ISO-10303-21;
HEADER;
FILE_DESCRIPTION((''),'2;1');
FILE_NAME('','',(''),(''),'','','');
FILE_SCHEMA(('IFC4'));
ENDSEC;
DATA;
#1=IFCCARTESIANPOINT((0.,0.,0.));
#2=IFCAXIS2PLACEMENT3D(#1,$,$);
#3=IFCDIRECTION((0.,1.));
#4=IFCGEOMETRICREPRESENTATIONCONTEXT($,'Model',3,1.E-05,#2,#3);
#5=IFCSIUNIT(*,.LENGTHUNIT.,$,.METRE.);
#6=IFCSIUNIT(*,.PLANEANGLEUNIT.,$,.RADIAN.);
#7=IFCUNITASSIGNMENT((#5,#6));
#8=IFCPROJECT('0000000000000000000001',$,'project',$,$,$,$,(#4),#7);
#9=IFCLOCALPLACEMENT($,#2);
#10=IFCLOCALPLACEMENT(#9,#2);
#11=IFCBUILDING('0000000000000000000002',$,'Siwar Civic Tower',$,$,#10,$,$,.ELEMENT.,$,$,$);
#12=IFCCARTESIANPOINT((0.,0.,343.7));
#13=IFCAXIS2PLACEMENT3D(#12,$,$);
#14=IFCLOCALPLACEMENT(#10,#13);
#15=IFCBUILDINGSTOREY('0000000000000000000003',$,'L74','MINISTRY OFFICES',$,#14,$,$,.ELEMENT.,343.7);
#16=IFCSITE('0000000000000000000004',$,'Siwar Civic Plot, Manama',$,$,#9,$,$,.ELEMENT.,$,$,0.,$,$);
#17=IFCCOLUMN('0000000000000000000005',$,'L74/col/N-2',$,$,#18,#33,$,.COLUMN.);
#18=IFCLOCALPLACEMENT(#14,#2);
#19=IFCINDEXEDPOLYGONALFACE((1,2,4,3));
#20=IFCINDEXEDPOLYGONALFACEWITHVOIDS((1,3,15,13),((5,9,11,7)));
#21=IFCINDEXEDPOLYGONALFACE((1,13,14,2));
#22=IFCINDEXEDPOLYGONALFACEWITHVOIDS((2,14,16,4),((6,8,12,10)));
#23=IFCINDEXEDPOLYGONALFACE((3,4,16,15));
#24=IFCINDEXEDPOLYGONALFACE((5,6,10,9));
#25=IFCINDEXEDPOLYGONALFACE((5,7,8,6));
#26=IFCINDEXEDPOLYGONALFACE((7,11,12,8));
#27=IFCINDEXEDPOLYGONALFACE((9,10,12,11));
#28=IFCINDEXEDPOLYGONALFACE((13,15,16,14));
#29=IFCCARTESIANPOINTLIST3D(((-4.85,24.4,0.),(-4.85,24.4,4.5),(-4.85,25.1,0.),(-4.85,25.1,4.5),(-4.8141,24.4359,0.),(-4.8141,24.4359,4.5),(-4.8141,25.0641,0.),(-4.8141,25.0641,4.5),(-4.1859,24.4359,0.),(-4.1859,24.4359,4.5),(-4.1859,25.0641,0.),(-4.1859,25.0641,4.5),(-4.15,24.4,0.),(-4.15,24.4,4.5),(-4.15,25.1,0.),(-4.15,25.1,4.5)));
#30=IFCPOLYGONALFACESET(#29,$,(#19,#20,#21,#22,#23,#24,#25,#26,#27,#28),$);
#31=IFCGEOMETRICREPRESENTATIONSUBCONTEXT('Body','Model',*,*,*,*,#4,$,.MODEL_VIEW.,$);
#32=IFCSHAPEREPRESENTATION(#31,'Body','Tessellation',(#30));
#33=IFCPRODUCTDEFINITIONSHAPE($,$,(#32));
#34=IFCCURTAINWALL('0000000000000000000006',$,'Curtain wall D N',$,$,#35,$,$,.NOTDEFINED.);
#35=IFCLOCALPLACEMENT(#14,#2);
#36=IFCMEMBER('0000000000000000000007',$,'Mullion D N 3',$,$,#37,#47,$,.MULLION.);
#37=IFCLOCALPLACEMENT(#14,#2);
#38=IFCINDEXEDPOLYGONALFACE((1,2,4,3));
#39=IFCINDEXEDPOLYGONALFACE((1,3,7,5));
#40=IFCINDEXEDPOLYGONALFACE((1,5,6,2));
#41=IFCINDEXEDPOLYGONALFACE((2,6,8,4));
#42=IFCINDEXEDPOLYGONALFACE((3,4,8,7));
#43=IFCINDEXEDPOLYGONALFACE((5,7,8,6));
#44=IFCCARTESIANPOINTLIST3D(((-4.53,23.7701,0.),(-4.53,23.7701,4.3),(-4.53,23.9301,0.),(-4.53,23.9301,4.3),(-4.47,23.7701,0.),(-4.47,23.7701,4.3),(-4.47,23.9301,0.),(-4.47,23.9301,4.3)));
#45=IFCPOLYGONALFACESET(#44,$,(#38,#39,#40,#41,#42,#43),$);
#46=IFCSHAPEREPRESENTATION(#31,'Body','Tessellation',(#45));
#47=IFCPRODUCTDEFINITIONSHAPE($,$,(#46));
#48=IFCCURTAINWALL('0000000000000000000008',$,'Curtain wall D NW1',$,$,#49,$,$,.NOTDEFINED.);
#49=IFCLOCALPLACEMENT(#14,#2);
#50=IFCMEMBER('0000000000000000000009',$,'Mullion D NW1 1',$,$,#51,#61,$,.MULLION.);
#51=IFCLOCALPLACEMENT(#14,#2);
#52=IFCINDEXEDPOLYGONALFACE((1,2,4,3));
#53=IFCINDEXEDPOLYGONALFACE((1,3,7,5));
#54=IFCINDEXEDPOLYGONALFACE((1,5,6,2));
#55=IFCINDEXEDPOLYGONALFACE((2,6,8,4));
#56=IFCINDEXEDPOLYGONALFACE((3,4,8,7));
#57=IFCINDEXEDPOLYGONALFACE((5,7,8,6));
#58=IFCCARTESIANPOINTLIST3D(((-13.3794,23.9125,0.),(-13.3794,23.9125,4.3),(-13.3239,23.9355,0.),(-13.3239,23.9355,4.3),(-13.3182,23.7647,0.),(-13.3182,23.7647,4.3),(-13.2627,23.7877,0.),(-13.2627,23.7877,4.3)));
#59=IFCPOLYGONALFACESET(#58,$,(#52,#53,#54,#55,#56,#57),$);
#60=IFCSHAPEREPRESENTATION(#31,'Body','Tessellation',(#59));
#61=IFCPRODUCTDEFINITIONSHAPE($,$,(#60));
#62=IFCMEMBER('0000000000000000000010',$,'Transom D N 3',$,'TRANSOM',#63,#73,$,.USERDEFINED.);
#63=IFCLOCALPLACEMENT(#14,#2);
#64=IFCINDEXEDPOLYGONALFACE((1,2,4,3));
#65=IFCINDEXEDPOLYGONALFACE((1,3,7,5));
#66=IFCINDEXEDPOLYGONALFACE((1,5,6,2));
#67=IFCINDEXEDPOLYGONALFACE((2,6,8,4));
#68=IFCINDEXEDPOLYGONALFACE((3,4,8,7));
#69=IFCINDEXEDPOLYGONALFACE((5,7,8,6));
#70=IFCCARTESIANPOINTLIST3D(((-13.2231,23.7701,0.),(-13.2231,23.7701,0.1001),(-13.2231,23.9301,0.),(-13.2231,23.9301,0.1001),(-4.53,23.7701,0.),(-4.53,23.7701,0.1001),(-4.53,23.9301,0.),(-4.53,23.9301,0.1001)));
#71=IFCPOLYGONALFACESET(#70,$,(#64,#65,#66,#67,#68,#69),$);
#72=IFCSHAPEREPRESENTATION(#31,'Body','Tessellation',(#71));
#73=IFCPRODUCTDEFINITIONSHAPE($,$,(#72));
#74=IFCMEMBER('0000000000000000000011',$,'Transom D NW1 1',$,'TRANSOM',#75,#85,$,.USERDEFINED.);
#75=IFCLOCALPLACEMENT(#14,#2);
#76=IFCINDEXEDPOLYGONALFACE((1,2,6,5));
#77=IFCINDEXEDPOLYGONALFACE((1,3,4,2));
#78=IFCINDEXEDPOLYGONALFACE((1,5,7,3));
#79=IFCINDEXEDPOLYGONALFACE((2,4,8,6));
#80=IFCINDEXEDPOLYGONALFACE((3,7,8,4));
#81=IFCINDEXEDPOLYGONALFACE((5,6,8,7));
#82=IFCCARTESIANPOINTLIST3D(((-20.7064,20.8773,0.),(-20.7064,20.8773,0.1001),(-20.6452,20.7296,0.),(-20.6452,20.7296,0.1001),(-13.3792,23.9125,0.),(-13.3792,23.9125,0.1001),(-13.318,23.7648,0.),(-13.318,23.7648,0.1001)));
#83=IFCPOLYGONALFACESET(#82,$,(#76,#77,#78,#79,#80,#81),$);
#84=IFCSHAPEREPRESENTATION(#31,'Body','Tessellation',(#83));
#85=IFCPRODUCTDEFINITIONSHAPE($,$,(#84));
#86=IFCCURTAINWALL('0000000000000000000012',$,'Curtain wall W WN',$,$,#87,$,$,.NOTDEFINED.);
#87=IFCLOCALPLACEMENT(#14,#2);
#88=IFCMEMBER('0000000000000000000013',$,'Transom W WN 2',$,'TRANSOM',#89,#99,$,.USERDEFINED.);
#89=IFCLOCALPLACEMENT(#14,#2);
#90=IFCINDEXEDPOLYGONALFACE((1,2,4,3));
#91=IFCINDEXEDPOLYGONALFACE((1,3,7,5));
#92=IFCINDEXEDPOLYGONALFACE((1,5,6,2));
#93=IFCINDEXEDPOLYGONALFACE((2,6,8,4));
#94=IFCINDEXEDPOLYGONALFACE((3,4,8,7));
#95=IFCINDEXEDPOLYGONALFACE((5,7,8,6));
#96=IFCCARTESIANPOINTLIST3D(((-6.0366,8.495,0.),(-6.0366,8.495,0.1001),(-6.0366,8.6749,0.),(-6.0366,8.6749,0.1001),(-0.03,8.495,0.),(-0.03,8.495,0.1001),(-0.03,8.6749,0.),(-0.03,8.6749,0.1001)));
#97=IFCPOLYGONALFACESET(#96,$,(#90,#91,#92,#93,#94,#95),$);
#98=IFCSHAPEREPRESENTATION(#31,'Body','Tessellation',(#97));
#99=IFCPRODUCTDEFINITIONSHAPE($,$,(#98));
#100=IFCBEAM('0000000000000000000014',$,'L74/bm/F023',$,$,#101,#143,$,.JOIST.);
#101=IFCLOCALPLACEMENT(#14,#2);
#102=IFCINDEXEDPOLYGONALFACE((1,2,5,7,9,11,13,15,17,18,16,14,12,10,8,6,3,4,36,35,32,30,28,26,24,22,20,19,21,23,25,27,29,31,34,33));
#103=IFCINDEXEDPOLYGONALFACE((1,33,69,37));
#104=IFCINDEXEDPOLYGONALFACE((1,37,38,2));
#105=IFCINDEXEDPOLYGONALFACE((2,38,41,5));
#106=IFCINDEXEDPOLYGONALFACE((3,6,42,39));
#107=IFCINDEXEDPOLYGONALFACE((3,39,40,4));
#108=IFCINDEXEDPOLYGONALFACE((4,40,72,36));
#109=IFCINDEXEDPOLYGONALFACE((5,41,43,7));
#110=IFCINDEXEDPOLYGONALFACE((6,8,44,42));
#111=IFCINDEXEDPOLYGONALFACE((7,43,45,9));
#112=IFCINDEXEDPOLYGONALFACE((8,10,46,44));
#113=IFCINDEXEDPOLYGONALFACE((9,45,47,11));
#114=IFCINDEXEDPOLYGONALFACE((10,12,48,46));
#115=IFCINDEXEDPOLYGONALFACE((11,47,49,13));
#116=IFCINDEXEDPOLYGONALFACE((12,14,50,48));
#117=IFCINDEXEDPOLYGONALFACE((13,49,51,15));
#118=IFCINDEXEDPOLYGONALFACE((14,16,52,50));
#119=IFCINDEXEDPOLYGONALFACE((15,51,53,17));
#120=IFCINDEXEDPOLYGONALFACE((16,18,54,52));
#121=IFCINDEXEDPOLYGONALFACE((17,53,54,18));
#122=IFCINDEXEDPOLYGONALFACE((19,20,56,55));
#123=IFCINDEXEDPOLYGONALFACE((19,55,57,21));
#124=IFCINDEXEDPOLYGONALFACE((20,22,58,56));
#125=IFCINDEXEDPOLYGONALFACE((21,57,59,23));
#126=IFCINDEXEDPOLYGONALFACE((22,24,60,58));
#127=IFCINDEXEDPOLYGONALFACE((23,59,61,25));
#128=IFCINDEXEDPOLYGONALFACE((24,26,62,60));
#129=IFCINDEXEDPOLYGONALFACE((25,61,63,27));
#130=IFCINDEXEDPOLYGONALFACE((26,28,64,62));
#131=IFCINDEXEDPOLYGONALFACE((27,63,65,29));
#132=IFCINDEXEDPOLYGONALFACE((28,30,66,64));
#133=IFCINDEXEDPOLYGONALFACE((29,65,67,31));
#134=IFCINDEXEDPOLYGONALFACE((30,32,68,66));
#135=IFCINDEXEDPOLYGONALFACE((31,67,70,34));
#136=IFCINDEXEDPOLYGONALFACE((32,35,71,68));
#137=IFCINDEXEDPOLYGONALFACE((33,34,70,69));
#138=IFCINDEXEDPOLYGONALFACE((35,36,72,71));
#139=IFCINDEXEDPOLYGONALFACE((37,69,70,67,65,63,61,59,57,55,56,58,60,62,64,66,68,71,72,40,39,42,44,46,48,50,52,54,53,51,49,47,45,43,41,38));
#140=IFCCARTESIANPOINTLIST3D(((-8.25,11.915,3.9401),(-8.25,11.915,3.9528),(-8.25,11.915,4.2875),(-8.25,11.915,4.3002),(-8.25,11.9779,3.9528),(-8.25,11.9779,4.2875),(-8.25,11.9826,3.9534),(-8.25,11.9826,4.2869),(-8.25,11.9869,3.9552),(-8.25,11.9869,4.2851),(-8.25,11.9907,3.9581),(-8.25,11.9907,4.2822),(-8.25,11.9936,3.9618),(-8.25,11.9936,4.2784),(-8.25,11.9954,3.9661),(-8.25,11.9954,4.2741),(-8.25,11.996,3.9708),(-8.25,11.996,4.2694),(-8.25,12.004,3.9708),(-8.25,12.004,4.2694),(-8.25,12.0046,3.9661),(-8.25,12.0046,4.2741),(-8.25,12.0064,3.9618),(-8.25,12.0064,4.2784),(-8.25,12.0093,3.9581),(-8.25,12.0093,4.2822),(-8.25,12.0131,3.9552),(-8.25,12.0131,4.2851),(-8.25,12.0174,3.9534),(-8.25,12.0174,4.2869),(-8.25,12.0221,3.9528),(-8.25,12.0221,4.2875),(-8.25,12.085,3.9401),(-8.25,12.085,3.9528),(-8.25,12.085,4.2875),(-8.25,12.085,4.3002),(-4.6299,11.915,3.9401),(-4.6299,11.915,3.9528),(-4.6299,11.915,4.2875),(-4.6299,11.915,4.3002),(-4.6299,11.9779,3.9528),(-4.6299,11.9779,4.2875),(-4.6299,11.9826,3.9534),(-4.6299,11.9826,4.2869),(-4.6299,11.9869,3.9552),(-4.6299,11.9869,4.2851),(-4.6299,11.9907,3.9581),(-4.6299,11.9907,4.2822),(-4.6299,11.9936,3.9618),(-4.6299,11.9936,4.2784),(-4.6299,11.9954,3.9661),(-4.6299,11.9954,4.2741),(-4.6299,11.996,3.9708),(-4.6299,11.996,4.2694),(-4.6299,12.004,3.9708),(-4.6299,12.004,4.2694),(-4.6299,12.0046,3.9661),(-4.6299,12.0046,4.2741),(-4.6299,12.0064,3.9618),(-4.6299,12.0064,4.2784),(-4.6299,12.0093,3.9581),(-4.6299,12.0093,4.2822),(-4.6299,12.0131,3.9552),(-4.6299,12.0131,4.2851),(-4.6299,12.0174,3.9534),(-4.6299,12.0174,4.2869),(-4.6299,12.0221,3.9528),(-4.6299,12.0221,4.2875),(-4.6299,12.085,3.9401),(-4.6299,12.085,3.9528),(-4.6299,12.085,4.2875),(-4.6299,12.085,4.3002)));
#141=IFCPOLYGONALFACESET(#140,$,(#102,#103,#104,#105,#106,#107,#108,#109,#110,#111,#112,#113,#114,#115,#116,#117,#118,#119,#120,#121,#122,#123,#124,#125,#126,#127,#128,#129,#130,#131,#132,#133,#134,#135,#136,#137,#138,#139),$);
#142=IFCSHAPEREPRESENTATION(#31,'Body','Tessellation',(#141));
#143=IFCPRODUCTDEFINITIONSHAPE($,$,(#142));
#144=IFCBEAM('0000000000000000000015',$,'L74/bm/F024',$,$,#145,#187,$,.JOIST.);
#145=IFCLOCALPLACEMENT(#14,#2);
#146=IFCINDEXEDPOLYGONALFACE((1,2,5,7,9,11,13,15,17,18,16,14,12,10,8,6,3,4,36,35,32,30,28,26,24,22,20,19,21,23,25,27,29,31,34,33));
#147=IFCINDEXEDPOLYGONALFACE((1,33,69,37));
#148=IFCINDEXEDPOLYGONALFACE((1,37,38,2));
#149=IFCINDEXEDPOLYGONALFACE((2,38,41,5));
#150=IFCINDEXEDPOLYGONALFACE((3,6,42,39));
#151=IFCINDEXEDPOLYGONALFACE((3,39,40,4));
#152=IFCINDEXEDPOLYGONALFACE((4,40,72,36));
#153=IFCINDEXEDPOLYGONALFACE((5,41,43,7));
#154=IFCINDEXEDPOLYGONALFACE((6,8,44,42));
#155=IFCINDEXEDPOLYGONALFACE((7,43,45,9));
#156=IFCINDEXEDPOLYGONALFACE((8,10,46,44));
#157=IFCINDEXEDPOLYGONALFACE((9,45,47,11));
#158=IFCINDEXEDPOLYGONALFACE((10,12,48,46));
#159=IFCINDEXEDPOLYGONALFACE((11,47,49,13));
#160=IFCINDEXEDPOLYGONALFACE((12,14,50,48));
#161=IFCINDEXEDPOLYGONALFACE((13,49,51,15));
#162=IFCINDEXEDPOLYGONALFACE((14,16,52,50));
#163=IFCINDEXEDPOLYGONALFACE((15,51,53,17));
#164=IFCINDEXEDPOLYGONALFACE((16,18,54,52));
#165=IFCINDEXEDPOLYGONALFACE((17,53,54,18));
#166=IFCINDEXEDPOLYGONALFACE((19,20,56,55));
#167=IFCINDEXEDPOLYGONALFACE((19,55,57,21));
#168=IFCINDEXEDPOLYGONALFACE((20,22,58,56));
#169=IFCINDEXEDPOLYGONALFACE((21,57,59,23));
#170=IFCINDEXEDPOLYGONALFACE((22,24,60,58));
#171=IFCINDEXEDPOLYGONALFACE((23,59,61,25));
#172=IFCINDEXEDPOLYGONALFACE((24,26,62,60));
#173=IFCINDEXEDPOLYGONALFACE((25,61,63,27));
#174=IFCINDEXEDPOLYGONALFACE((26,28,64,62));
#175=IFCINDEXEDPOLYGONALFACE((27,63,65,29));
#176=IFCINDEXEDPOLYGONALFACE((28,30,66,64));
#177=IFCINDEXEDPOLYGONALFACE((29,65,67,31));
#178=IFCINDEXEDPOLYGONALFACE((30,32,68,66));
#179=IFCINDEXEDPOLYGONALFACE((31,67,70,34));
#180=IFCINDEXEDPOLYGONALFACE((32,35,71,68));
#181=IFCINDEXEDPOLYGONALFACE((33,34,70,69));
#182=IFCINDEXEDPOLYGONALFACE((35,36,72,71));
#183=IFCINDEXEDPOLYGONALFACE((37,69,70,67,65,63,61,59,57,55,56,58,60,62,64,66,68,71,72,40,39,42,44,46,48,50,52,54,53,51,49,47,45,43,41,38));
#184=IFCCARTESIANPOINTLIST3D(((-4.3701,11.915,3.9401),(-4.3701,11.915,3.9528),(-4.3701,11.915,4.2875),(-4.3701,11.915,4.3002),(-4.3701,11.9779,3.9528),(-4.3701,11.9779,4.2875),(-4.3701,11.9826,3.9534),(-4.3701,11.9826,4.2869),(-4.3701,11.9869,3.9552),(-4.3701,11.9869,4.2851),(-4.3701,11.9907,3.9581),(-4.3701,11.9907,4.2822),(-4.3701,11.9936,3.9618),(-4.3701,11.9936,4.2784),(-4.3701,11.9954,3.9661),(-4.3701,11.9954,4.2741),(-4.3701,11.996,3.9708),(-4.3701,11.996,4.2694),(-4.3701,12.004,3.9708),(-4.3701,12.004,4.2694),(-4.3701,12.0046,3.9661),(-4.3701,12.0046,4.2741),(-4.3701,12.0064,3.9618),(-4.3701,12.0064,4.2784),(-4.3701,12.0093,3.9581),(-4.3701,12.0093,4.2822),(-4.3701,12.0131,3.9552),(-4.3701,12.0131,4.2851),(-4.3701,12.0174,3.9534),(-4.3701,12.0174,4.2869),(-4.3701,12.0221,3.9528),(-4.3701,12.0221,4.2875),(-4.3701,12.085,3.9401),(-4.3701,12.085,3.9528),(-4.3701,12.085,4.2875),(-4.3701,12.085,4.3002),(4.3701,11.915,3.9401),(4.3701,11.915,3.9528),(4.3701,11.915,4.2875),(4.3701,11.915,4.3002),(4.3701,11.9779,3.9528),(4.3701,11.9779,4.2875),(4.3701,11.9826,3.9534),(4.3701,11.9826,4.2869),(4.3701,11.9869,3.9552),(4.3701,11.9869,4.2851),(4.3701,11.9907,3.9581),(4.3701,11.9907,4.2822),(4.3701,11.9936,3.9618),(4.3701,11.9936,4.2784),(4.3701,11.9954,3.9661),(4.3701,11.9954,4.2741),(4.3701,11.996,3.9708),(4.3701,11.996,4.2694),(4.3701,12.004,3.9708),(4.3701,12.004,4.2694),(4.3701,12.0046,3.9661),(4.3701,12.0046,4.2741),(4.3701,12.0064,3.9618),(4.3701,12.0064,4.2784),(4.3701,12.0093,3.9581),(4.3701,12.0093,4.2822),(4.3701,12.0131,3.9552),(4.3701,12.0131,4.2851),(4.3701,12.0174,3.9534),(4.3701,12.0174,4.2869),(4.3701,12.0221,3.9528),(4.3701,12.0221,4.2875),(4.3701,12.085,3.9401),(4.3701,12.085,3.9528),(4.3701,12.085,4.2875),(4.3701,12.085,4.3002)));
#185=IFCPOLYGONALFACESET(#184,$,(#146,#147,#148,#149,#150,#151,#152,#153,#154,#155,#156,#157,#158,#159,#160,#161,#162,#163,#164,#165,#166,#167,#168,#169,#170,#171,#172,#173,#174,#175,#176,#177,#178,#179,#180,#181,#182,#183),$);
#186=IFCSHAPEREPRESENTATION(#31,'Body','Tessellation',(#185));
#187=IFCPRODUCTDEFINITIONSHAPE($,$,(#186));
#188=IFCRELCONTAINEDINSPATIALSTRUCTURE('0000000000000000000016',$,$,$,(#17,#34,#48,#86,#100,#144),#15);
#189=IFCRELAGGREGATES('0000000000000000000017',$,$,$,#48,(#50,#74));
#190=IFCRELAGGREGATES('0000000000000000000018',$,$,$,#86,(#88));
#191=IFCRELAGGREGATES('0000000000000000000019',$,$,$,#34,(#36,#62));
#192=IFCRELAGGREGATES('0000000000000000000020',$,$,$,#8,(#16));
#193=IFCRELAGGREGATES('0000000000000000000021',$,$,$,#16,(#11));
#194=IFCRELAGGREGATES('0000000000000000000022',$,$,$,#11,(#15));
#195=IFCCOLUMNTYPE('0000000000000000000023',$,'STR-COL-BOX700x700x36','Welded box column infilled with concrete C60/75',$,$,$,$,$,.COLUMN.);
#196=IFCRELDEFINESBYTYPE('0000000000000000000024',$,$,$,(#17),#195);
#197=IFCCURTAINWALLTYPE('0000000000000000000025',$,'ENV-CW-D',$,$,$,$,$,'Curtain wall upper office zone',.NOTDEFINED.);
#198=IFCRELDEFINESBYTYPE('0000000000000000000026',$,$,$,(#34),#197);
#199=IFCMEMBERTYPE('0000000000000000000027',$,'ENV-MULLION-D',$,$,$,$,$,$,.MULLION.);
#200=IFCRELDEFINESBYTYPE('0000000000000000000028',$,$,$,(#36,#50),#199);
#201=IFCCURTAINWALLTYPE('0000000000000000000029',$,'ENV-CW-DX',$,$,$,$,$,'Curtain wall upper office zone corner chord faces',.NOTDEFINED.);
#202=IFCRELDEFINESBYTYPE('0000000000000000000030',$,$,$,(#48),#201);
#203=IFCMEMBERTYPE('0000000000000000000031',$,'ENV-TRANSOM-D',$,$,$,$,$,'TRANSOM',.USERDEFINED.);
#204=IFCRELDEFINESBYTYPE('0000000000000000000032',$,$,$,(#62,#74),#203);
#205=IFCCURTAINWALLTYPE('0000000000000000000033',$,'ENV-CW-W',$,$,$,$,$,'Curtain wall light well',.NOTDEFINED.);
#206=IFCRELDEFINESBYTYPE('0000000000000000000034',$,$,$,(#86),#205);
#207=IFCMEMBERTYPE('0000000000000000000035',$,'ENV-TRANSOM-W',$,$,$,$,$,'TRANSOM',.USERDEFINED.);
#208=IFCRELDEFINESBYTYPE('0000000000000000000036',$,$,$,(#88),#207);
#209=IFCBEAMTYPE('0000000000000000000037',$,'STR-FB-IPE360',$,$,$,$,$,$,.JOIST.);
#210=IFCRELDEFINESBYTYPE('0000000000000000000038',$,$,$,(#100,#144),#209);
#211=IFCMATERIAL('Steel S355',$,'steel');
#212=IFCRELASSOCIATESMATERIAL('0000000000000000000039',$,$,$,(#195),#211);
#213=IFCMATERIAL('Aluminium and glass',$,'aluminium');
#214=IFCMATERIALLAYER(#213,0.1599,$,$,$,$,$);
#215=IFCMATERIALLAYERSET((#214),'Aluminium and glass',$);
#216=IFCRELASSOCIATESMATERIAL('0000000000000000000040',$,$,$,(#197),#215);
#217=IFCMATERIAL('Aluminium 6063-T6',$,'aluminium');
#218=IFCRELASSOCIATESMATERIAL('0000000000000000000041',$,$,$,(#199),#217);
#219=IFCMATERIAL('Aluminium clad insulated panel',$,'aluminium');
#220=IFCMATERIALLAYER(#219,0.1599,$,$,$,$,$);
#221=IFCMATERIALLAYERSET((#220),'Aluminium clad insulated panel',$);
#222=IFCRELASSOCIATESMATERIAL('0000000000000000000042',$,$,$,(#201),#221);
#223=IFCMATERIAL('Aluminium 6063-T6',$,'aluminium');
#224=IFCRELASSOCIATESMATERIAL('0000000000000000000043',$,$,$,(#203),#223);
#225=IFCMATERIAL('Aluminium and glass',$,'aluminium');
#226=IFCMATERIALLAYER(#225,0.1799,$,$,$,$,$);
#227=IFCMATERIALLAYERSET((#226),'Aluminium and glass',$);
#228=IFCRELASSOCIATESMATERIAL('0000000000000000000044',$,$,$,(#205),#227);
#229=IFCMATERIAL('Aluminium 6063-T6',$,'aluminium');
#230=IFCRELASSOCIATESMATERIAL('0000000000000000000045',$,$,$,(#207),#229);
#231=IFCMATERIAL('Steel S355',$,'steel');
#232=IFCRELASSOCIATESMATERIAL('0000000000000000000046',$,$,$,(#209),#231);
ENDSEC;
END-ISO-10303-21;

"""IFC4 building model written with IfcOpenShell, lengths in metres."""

from ifc_helpers import new_model, si_unit, direction, frame, origin, origin_2d, place, context, subcontext, project, spatial, rectangle, hollow_rectangle, i_section, extrude, material, layer, layer_set, material_profile, profile_set, type_object, element, aggregate, save


model = new_model("IFC4")

# Units and contexts
model_context = context("Model", 3, precision=1e-05, world=origin(), true_north=direction((0.0, 1.0)))
body_context = subcontext(model_context, "Body", "Model", "MODEL_VIEW")
ifc_project = project(units=[si_unit("LENGTHUNIT", "METRE"), si_unit("PLANEANGLEUNIT", "RADIAN")], contexts=[model_context])

# Site, building, storey
site_placement = place(None, origin())
site = spatial("IfcSite", under=ifc_project, at=site_placement, Name="Siwar Civic Plot, Manama", CompositionType="ELEMENT", RefElevation=0.0)
building_placement = place(site_placement, origin())
building = spatial("IfcBuilding", under=site, at=building_placement, Name="Siwar Civic Tower", CompositionType="ELEMENT")
storey_placement = place(building_placement, frame((0.0, 0.0, 343.7)))
storey = spatial("IfcBuildingStorey", under=building, at=storey_placement, Name="L74", Description="MINISTRY OFFICES", CompositionType="ELEMENT", Elevation=343.7)

# Column
ifc_material_1 = material(Name="Steel S355", Category="steel")
ifc_material_profile_1 = material_profile(ifc_material_1, hollow_rectangle(XDim=0.7, YDim=0.7, WallThickness=0.0359, at=origin_2d()), Name="BOX700x700x36")
ifc_profile_set_1 = profile_set([ifc_material_profile_1], Name="Steel S355")
column_type = type_object("IfcColumnType", Name="STR-COL-BOX700x700x36", Description="Welded box column infilled with concrete C60/75", PredefinedType="COLUMN", material=ifc_profile_set_1)
column_placement = place(storey_placement, frame((-4.5, 24.75, 0.0), z_axis=(0.0, 0.0, 1.0), x_axis=(1.0, 0.0, 0.0)))
element("IfcColumn", 1, at=column_placement, inside=storey, type_object=column_type, Name="L74/col/N-2", PredefinedType="COLUMN", context=body_context, shape_type="SweptSolid", body=[
    extrude(hollow_rectangle(XDim=0.7, YDim=0.7, WallThickness=0.0359, at=origin_2d()), origin(), (0.0, 0.0, 1.0), 4.5),
])

# Curtain walls, members
ifc_material_2 = material(Name="Aluminium and glass", Category="aluminium")
ifc_layer_1 = layer(ifc_material_2, 0.1599)
ifc_layer_set_1 = layer_set([ifc_layer_1], Name="Aluminium and glass")
curtain_wall_type_1 = type_object("IfcCurtainWallType", Name="ENV-CW-D", ElementType="Curtain wall upper office zone", PredefinedType="NOTDEFINED", material=ifc_layer_set_1)
curtain_wall_1_placement = place(storey_placement, origin())
curtain_wall_1 = element("IfcCurtainWall", 2, at=curtain_wall_1_placement, inside=storey, type_object=curtain_wall_type_1, Name="Curtain wall D N", PredefinedType="NOTDEFINED")
ifc_material_3 = material(Name="Aluminium 6063-T6", Category="aluminium")
ifc_material_profile_2 = material_profile(ifc_material_3, rectangle(XDim=0.1599, YDim=0.0601, at=origin_2d()), Name="AL 160x60")
ifc_profile_set_2 = profile_set([ifc_material_profile_2], Name="Aluminium 6063-T6")
member_type_1 = type_object("IfcMemberType", Name="ENV-MULLION-D", PredefinedType="MULLION", material=ifc_profile_set_2)
member_1_placement = place(storey_placement, frame((-4.5, 23.8501, 0.0), z_axis=(0.0, 0.0, 1.0), x_axis=(0.0, -1.0, 0.0)))
member_1 = element("IfcMember", 3, at=member_1_placement, type_object=member_type_1, Name="Mullion D N 3", PredefinedType="MULLION", context=body_context, shape_type="SweptSolid", body=[
    extrude(rectangle(XDim=0.1599, YDim=0.0601, at=origin_2d()), origin(), (0.0, 0.0, 1.0), 4.3),
])
ifc_material_4 = material(Name="Aluminium clad insulated panel", Category="aluminium")
ifc_layer_2 = layer(ifc_material_4, 0.1599)
ifc_layer_set_2 = layer_set([ifc_layer_2], Name="Aluminium clad insulated panel")
curtain_wall_type_2 = type_object("IfcCurtainWallType", Name="ENV-CW-DX", ElementType="Curtain wall upper office zone corner chord faces", PredefinedType="NOTDEFINED", material=ifc_layer_set_2)
curtain_wall_2_placement = place(storey_placement, origin())
curtain_wall_2 = element("IfcCurtainWall", 4, at=curtain_wall_2_placement, inside=storey, type_object=curtain_wall_type_2, Name="Curtain wall D NW1", PredefinedType="NOTDEFINED")
member_2_placement = place(storey_placement, frame((-13.321, 23.8501, 0.0), z_axis=(0.0, 0.0, 1.0), x_axis=(0.382683, -0.92388, 0.0)))
member_2 = element("IfcMember", 5, at=member_2_placement, type_object=member_type_1, Name="Mullion D NW1 1", PredefinedType="MULLION", context=body_context, shape_type="SweptSolid", body=[
    extrude(rectangle(XDim=0.1599, YDim=0.0601, at=origin_2d()), origin(), (0.0, 0.0, 1.0), 4.3),
])

# Members
ifc_material_5 = material(Name="Aluminium 6063-T6", Category="aluminium")
ifc_material_profile_3 = material_profile(ifc_material_5, rectangle(XDim=0.1599, YDim=0.1001, at=origin_2d()), Name="AL 160x100")
ifc_profile_set_3 = profile_set([ifc_material_profile_3], Name="Aluminium 6063-T6")
member_type_2 = type_object("IfcMemberType", Name="ENV-TRANSOM-D", ElementType="TRANSOM", PredefinedType="USERDEFINED", material=ifc_profile_set_3)
member_3_placement = place(storey_placement, frame((-4.53, 23.8501, 0.05), z_axis=(-1.0, 0.0, 0.0), x_axis=(0.0, -1.0, 0.0)))
member_3 = element("IfcMember", 6, at=member_3_placement, type_object=member_type_2, Name="Transom D N 3", ObjectType="TRANSOM", PredefinedType="USERDEFINED", context=body_context, shape_type="SweptSolid", body=[
    extrude(rectangle(XDim=0.1599, YDim=0.1001, at=origin_2d()), origin(), (0.0, 0.0, 1.0), 8.6931),
])
member_4_placement = place(storey_placement, frame((-13.3486, 23.8386, 0.05), z_axis=(-0.923873, -0.3827, 0.0), x_axis=(0.3827, -0.923873, 0.0)))
member_4 = element("IfcMember", 7, at=member_4_placement, type_object=member_type_2, Name="Transom D NW1 1", ObjectType="TRANSOM", PredefinedType="USERDEFINED", context=body_context, shape_type="SweptSolid", body=[
    extrude(rectangle(XDim=0.1599, YDim=0.1001, at=origin_2d()), origin(), (0.0, 0.0, 1.0), 7.9309),
])
aggregate(curtain_wall_2, [member_2, member_4])

# Curtain wall, member
ifc_material_6 = material(Name="Aluminium and glass", Category="aluminium")
ifc_layer_3 = layer(ifc_material_6, 0.1799)
ifc_layer_set_3 = layer_set([ifc_layer_3], Name="Aluminium and glass")
curtain_wall_type_3 = type_object("IfcCurtainWallType", Name="ENV-CW-W", ElementType="Curtain wall light well", PredefinedType="NOTDEFINED", material=ifc_layer_set_3)
curtain_wall_3_placement = place(storey_placement, origin())
curtain_wall_3 = element("IfcCurtainWall", 8, at=curtain_wall_3_placement, inside=storey, type_object=curtain_wall_type_3, Name="Curtain wall W WN", PredefinedType="NOTDEFINED")
ifc_material_7 = material(Name="Aluminium 6063-T6", Category="aluminium")
ifc_material_profile_4 = material_profile(ifc_material_7, rectangle(XDim=0.1799, YDim=0.1001, at=origin_2d()), Name="AL 180x100")
ifc_profile_set_4 = profile_set([ifc_material_profile_4], Name="Aluminium 6063-T6")
member_type_3 = type_object("IfcMemberType", Name="ENV-TRANSOM-W", ElementType="TRANSOM", PredefinedType="USERDEFINED", material=ifc_profile_set_4)
member_5_placement = place(storey_placement, frame((-0.03, 8.585, 0.05), z_axis=(-1.0, 0.0, 0.0), x_axis=(0.0, -1.0, 0.0)))
member_5 = element("IfcMember", 9, at=member_5_placement, type_object=member_type_3, Name="Transom W WN 2", ObjectType="TRANSOM", PredefinedType="USERDEFINED", context=body_context, shape_type="SweptSolid", body=[
    extrude(rectangle(XDim=0.1799, YDim=0.1001, at=origin_2d()), origin(), (0.0, 0.0, 1.0), 6.0066),
])
aggregate(curtain_wall_3, [member_5])

# Beams
ifc_material_8 = material(Name="Steel S355", Category="steel")
ifc_material_profile_5 = material_profile(ifc_material_8, i_section(OverallWidth=0.1699, OverallDepth=0.3601, WebThickness=0.0081, FlangeThickness=0.0127, FilletRadius=0.0181, at=origin_2d()), Name="IPE360")
ifc_profile_set_5 = profile_set([ifc_material_profile_5], Name="Steel S355")
beam_type_1 = type_object("IfcBeamType", Name="STR-FB-IPE360", PredefinedType="JOIST", material=ifc_profile_set_5)
beam_1_placement = place(storey_placement, frame((-8.25, 12.0, 4.1201), z_axis=(1.0, 0.0, 0.0), x_axis=(0.0, 1.0, 0.0)))
element("IfcBeam", 10, at=beam_1_placement, inside=storey, type_object=beam_type_1, Name="L74/bm/F023", PredefinedType="JOIST", context=body_context, shape_type="SweptSolid", body=[
    extrude(i_section(OverallWidth=0.1699, OverallDepth=0.3601, WebThickness=0.0081, FlangeThickness=0.0127, FilletRadius=0.0181, at=origin_2d()), origin(), (0.0, 0.0, 1.0), 3.6201),
])
for number, where, z_axis, x_axis, name in (
    (11, (-4.3701, 12.0, 4.1201), (1.0, 0.0, 0.0), (0.0, 1.0, 0.0), "L74/bm/F024"),
):
    element("IfcBeam", number, at=place(storey_placement, frame(where, z_axis=z_axis, x_axis=x_axis)), inside=storey, type_object=beam_type_1, Name=name, PredefinedType="JOIST", context=body_context, shape_type="SweptSolid", body=[
        extrude(i_section(OverallWidth=0.1699, OverallDepth=0.3601, WebThickness=0.0081, FlangeThickness=0.0127, FilletRadius=0.0181, at=origin_2d()), origin(), (0.0, 0.0, 1.0), 8.7402),
    ])

aggregate(curtain_wall_1, [member_1, member_3])

save(model, "model.ifc")
